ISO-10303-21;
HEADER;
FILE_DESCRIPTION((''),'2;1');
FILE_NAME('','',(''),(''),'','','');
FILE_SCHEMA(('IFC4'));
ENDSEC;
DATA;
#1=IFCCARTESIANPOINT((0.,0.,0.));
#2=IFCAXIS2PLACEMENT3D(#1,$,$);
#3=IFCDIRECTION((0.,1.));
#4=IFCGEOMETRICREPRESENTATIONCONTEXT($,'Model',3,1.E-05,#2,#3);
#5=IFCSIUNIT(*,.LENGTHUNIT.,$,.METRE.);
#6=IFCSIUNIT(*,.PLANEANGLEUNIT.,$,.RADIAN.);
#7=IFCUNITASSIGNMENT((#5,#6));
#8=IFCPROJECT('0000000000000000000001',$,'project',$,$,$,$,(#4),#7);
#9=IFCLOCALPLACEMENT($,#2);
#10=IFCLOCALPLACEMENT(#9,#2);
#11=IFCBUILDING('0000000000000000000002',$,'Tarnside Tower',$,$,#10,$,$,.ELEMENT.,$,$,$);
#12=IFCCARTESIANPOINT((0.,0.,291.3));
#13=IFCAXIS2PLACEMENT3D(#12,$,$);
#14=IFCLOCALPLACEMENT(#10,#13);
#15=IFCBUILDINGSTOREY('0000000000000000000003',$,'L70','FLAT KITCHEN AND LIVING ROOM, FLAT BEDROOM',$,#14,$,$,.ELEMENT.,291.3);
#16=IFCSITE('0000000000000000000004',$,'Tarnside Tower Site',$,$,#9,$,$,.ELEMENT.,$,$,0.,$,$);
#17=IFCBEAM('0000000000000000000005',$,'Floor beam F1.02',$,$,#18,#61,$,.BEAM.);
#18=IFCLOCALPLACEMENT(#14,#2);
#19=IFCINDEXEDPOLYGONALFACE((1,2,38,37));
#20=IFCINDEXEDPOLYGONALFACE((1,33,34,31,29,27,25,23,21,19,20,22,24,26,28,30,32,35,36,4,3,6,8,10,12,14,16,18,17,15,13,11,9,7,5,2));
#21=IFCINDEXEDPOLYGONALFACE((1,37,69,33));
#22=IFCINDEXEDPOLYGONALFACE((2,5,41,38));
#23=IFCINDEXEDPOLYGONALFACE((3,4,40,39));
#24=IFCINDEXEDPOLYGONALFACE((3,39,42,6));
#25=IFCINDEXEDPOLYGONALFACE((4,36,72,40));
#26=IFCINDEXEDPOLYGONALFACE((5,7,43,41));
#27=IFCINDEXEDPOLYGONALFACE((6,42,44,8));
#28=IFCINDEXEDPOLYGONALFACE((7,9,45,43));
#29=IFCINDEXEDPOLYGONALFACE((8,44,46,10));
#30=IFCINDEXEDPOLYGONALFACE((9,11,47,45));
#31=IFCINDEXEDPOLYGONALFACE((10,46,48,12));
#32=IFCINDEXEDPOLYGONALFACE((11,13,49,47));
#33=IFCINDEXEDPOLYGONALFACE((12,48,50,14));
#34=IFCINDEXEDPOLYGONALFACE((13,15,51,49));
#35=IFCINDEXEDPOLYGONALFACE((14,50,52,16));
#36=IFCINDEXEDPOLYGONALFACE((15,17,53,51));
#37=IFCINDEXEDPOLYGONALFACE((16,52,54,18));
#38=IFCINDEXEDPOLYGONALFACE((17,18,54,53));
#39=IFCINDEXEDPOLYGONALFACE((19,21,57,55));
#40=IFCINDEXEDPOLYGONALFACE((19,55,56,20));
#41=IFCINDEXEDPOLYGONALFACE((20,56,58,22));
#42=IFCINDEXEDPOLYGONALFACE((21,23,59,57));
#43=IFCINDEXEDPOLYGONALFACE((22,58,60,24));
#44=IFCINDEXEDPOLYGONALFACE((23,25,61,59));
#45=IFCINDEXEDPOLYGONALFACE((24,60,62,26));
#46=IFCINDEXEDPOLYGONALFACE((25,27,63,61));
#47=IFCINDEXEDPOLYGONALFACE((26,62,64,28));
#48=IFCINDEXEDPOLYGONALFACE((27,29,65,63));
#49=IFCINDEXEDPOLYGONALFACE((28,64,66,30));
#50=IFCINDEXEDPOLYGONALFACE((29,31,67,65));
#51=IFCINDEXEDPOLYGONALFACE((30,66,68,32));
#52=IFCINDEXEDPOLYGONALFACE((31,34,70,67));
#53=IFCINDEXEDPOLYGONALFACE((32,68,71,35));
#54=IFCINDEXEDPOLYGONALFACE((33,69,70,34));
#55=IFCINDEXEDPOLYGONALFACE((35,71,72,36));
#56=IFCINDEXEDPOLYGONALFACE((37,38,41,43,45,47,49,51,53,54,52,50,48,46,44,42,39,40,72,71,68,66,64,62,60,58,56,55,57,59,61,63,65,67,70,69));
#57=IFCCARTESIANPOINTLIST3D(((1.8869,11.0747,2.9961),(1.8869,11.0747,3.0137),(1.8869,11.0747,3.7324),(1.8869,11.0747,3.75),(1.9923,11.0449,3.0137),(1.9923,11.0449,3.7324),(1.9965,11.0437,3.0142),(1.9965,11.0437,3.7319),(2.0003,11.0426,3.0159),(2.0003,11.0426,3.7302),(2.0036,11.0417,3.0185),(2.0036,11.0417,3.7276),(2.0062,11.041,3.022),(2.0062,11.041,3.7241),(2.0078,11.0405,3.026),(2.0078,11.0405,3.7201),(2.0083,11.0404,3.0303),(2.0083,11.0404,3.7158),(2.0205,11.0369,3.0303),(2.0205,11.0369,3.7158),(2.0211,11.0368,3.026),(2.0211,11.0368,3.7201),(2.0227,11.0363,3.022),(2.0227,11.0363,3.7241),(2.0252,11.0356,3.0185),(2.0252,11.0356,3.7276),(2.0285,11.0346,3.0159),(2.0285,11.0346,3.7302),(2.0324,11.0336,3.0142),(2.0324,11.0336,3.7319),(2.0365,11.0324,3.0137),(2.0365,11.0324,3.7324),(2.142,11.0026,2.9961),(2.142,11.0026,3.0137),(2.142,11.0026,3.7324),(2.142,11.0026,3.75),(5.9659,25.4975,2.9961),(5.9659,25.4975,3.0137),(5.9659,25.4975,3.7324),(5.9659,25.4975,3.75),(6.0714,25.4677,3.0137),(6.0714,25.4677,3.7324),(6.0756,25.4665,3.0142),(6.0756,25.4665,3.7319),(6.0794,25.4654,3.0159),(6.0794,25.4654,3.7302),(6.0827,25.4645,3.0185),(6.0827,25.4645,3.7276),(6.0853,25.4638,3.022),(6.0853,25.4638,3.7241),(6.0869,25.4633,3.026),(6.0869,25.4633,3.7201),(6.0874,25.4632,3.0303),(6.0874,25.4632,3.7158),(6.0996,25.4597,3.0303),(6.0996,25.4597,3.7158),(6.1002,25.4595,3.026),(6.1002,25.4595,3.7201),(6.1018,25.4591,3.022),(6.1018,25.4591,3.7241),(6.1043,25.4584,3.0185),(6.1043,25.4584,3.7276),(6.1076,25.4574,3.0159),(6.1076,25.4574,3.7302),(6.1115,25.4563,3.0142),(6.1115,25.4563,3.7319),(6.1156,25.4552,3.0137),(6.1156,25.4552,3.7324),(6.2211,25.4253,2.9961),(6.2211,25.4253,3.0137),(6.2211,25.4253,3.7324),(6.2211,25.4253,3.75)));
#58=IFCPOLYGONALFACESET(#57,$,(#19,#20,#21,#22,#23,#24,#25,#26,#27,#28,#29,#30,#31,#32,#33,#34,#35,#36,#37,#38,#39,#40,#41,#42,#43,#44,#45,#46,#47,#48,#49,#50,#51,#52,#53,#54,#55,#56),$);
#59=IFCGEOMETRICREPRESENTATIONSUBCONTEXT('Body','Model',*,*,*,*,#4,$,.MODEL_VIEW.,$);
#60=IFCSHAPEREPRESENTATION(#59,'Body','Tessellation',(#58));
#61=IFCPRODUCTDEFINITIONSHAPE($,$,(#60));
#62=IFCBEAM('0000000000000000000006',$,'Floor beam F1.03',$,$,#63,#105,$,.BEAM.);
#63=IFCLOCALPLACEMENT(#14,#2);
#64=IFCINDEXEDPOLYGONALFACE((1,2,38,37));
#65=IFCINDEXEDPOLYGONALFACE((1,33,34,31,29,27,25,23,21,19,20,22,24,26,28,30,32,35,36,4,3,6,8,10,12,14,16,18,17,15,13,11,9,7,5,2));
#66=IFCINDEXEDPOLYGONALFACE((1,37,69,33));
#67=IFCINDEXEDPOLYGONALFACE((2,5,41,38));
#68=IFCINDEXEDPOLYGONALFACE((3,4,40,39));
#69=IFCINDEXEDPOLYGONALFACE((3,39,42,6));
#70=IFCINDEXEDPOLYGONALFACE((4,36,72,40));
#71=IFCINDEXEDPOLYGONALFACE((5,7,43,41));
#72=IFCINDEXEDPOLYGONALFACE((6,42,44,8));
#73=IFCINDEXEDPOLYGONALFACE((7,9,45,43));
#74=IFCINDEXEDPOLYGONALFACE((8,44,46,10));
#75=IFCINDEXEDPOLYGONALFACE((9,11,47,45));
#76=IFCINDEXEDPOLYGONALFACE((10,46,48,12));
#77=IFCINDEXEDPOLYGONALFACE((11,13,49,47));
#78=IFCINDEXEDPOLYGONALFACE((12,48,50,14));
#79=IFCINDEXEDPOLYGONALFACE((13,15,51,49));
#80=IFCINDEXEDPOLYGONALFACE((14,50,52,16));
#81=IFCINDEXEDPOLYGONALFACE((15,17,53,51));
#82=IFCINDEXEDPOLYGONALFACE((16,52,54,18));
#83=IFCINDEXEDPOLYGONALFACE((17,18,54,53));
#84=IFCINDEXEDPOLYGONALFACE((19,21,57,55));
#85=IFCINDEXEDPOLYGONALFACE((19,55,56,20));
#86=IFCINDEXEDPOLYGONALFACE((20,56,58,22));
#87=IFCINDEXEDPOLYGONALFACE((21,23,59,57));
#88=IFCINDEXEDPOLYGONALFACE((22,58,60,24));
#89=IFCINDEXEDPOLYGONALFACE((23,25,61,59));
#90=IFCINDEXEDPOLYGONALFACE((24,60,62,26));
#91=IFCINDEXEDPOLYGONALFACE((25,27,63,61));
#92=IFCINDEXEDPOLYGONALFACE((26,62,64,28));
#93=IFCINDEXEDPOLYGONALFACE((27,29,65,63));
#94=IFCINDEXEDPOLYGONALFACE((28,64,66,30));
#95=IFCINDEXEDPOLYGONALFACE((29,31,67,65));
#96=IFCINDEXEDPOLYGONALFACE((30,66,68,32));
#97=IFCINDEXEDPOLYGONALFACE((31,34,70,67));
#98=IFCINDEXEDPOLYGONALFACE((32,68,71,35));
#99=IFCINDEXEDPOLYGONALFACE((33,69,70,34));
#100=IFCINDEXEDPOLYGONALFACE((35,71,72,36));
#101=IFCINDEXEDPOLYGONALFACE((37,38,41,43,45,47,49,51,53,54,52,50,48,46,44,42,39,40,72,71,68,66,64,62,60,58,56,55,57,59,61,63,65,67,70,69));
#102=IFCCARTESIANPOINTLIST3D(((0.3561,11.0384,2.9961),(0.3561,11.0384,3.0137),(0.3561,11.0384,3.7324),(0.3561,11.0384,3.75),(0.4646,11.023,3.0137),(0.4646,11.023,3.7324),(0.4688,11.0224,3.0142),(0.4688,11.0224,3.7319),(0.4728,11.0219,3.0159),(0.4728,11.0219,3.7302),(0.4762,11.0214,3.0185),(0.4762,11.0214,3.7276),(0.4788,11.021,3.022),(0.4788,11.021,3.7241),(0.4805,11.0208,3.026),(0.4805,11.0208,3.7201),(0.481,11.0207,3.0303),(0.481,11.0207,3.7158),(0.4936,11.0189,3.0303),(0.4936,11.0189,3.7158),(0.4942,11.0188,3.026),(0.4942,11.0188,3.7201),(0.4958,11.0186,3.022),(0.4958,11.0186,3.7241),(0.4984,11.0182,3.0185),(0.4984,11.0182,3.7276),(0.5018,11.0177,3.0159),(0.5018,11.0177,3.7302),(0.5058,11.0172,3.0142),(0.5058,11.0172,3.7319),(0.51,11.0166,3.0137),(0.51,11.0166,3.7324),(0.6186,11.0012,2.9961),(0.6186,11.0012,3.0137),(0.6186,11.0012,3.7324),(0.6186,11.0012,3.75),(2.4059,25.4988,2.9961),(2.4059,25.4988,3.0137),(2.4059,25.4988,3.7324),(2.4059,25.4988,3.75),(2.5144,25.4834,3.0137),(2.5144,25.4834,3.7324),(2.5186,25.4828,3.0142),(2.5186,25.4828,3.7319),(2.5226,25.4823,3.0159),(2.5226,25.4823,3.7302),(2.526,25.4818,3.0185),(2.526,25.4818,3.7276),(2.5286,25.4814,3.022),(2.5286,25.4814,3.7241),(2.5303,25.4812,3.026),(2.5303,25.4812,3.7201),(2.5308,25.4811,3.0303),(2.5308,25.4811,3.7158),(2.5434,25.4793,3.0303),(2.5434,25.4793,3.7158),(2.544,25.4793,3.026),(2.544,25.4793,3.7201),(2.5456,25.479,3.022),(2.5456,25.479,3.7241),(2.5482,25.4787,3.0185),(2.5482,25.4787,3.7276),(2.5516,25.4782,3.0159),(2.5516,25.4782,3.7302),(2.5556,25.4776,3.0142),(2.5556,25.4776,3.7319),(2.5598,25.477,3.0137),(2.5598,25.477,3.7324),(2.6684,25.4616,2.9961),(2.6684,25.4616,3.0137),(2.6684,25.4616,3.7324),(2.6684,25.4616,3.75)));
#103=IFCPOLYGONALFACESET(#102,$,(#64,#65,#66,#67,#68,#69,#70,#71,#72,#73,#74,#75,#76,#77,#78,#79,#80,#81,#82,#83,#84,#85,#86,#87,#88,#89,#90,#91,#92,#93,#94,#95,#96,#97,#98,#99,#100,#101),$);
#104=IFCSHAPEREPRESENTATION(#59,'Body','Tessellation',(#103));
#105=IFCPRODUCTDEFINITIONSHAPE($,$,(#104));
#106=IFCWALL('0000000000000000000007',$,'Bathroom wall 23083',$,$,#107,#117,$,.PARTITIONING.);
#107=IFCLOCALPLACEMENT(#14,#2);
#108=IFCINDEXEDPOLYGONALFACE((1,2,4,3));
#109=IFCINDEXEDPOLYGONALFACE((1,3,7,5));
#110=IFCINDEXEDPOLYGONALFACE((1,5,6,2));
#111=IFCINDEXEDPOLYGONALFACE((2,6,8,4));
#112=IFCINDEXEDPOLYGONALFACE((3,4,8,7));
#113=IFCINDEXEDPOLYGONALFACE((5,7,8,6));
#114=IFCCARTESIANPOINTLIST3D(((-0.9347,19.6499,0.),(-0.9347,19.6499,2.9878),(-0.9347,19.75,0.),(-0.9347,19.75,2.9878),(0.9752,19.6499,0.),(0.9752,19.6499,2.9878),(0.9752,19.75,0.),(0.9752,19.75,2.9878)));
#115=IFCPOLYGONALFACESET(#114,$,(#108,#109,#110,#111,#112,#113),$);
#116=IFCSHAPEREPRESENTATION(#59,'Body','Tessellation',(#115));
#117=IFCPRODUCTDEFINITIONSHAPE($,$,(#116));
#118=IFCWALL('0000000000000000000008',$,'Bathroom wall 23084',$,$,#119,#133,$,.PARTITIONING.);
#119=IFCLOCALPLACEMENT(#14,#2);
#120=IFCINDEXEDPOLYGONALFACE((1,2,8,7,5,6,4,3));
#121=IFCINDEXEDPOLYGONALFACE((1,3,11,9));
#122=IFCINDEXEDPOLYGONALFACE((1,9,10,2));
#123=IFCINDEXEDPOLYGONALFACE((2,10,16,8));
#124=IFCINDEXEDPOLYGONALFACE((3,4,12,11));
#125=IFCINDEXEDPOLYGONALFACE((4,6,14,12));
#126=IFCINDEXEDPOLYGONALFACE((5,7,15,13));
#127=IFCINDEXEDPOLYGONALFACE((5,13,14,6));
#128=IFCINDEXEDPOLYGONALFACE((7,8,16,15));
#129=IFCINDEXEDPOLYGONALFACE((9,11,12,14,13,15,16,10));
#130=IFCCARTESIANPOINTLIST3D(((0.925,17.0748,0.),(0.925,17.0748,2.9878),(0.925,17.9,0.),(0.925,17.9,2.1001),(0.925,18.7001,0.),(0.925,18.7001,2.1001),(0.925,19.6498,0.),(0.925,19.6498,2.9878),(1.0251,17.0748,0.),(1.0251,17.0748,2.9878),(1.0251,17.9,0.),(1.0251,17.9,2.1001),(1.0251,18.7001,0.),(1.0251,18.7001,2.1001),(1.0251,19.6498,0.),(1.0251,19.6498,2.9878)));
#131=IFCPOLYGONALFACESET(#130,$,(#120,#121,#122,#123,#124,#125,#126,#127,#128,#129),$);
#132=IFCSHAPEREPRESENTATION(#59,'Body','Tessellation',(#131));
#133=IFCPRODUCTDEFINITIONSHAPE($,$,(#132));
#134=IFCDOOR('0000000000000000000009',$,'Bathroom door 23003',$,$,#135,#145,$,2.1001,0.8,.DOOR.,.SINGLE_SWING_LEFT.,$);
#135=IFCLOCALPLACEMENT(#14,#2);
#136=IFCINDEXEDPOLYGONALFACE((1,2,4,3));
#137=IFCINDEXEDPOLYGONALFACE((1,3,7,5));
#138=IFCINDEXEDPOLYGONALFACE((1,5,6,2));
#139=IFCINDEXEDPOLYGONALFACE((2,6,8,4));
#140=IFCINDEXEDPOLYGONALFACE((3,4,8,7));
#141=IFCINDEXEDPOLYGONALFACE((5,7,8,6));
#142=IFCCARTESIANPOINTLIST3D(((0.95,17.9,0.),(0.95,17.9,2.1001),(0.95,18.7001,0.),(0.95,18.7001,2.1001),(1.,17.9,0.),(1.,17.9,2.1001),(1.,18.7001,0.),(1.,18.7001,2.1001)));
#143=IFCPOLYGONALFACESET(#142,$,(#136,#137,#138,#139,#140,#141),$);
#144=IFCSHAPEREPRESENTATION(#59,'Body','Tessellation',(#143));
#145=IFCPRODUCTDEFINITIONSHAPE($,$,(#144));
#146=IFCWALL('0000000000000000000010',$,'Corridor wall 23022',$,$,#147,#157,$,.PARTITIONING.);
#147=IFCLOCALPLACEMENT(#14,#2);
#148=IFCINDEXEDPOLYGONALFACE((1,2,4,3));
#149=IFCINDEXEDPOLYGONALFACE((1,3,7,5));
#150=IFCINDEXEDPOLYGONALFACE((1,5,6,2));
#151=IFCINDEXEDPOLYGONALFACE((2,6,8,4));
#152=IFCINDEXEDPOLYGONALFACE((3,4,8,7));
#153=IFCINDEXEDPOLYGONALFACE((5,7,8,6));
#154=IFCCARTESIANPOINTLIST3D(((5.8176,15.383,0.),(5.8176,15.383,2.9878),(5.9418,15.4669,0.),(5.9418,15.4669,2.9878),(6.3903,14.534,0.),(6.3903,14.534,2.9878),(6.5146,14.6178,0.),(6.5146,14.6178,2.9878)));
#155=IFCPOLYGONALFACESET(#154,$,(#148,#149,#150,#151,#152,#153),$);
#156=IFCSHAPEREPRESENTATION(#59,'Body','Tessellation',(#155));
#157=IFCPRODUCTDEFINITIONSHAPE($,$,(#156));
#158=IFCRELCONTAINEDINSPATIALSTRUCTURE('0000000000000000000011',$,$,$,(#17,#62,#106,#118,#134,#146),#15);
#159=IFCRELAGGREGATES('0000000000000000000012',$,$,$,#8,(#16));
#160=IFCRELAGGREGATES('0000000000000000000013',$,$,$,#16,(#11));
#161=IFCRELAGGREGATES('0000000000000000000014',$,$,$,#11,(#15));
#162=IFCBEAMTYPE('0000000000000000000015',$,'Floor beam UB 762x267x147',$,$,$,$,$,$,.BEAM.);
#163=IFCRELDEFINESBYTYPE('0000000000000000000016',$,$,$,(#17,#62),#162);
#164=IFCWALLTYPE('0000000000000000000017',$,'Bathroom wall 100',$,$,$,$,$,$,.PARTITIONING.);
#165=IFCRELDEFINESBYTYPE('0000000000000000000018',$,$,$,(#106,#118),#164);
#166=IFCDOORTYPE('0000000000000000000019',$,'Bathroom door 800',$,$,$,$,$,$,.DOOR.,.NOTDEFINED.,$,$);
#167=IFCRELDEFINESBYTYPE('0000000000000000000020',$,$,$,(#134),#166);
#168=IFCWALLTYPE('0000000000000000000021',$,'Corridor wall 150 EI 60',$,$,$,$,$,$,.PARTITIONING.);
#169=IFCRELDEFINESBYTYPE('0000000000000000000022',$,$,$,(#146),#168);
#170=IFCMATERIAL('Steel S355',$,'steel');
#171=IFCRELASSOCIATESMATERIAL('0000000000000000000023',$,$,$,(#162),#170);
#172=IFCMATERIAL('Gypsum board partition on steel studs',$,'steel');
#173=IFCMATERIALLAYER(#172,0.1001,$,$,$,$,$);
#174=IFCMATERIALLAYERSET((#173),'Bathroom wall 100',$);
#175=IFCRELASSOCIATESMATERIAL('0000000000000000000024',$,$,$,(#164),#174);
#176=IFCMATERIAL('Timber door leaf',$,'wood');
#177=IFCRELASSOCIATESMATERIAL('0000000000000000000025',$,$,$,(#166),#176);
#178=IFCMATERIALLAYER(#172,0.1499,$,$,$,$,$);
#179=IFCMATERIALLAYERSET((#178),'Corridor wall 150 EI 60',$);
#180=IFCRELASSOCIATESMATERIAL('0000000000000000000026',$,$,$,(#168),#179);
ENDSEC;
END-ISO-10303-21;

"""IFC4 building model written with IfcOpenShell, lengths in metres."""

from ifc_helpers import new_model, si_unit, direction, frame, frame_2d, origin, origin_2d, place, context, subcontext, project, spatial, rectangle, i_section, extrude, material, layer, layer_set, material_profile, profile_set, type_object, element, fill, save


model = new_model("IFC4")

# Units and contexts
model_context = context("Model", 3, precision=1e-05, world=origin(), true_north=direction((0.0, 1.0)))
body_context = subcontext(model_context, "Body", "Model", "MODEL_VIEW")
ifc_project = project(units=[si_unit("LENGTHUNIT", "METRE"), si_unit("PLANEANGLEUNIT", "RADIAN")], contexts=[model_context])

# Site, building, storey
site_placement = place(None, origin())
site = spatial("IfcSite", under=ifc_project, at=site_placement, Name="Tarnside Tower Site", CompositionType="ELEMENT", RefElevation=0.0)
building_placement = place(site_placement, origin())
building = spatial("IfcBuilding", under=site, at=building_placement, Name="Tarnside Tower", CompositionType="ELEMENT")
storey_placement = place(building_placement, frame((0.0, 0.0, 291.3)))
storey = spatial("IfcBuildingStorey", under=building, at=storey_placement, Name="L70", Description="FLAT KITCHEN AND LIVING ROOM, FLAT BEDROOM", CompositionType="ELEMENT", Elevation=291.3)

# Beams
ifc_material_1 = material(Name="Steel S355", Category="steel")
ifc_material_profile = material_profile(ifc_material_1, i_section(OverallWidth=0.2651, OverallDepth=0.7539, WebThickness=0.0127, FlangeThickness=0.0176, FilletRadius=0.0166, at=origin_2d()), Name="UB 762x267x147")
ifc_profile_set = profile_set([ifc_material_profile], Name="Steel S355")
beam_type = type_object("IfcBeamType", Name="Floor beam UB 762x267x147", PredefinedType="BEAM", material=ifc_profile_set)
beam_1_placement = place(storey_placement, frame((6.0935, 25.4614, 3.373), z_axis=(-0.272147, -0.962256, 0.0), x_axis=(0.962256, -0.272147, 0.0)))
element("IfcBeam", 1, at=beam_1_placement, inside=storey, type_object=beam_type, Name="Floor beam F1.02", PredefinedType="BEAM", context=body_context, shape_type="SweptSolid", body=[
    extrude(i_section(OverallWidth=0.2651, OverallDepth=0.7539, WebThickness=0.0127, FlangeThickness=0.0176, FilletRadius=0.0166, at=origin_2d()), origin(), (0.0, 0.0, 1.0), 14.9885),
])
beam_2_placement = place(storey_placement, frame((2.5371, 25.4802, 3.373), z_axis=(-0.140349, -0.990102, 0.0), x_axis=(0.990102, -0.140349, 0.0)))
element("IfcBeam", 2, at=beam_2_placement, inside=storey, type_object=beam_type, Name="Floor beam F1.03", PredefinedType="BEAM", context=body_context, shape_type="SweptSolid", body=[
    extrude(i_section(OverallWidth=0.2651, OverallDepth=0.7539, WebThickness=0.0127, FlangeThickness=0.0176, FilletRadius=0.0166, at=origin_2d()), origin(), (0.0, 0.0, 1.0), 14.605),
])

# Wall
ifc_material_2 = material(Name="Gypsum board partition on steel studs", Category="steel")
ifc_layer_1 = layer(ifc_material_2, 0.1001)
ifc_layer_set_1 = layer_set([ifc_layer_1], Name="Bathroom wall 100")
wall_type_1 = type_object("IfcWallType", Name="Bathroom wall 100", PredefinedType="PARTITIONING", material=ifc_layer_set_1)
wall_1_placement = place(storey_placement, frame((-0.9348, 19.7, 0.0), z_axis=(0.0, 0.0, 1.0), x_axis=(1.0, 0.0, 0.0)))
element("IfcWall", 3, at=wall_1_placement, inside=storey, type_object=wall_type_1, Name="Bathroom wall 23083", PredefinedType="PARTITIONING", context=body_context, shape_type="SweptSolid", body=[
    extrude(rectangle(XDim=1.9099, YDim=0.1001, at=frame_2d((0.9551, 0.0))), origin(), (0.0, 0.0, 1.0), 2.9878),
])

# Wall, opening, door
wall_2_placement = place(storey_placement, frame((0.9751, 19.6499, 0.0), z_axis=(0.0, 0.0, 1.0), x_axis=(0.0, -1.0, 0.0)))
wall_2 = element("IfcWall", 4, at=wall_2_placement, inside=storey, type_object=wall_type_1, Name="Bathroom wall 23084", PredefinedType="PARTITIONING", context=body_context, shape_type="SweptSolid", body=[
    extrude(rectangle(XDim=2.575, YDim=0.1001, at=frame_2d((1.2876, 0.0))), origin(), (0.0, 0.0, 1.0), 2.9878),
])
opening_1_placement = place(wall_2_placement, frame((0.95, 0.0, 0.0)))
opening_1 = element("IfcOpeningElement", 5, at=opening_1_placement, cuts=wall_2, PredefinedType="OPENING", context=body_context, shape_type="SweptSolid", body=[
    extrude(rectangle(XDim=0.8, YDim=2.1001, at=frame_2d((0.3999, 1.05))), frame((0.0, 0.0601, 0.0), z_axis=(0.0, -1.0, 0.0), x_axis=(1.0, 0.0, 0.0)), (0.0, 0.0, 1.0), 0.1201),
])
ifc_material_3 = material(Name="Timber door leaf", Category="wood")
door_type_1 = type_object("IfcDoorType", Name="Bathroom door 800", OperationType="NOTDEFINED", PredefinedType="DOOR", material=ifc_material_3)
door_1_placement = place(opening_1_placement, origin())
door_1 = element("IfcDoor", 6, at=door_1_placement, inside=storey, type_object=door_type_1, Name="Bathroom door 23003", OperationType="SINGLE_SWING_LEFT", OverallHeight=2.1001, OverallWidth=0.8, PredefinedType="DOOR", context=body_context, shape_type="SweptSolid", body=[
    extrude(rectangle(XDim=0.8, YDim=2.1001, at=frame_2d((0.3999, 1.05))), frame((0.0, 0.0249, 0.0), z_axis=(0.0, -1.0, 0.0), x_axis=(1.0, 0.0, 0.0)), (0.0, 0.0, 1.0), 0.05),
])
fill(opening_1, door_1)

# Wall
ifc_layer_2 = layer(ifc_material_2, 0.1499)
ifc_layer_set_2 = layer_set([ifc_layer_2], Name="Corridor wall 150 EI 60")
wall_type_2 = type_object("IfcWallType", Name="Corridor wall 150 EI 60", PredefinedType="PARTITIONING", material=ifc_layer_set_2)
wall_3_placement = place(storey_placement, frame((5.8796, 15.425, 0.0), z_axis=(0.0, 0.0, 1.0), x_axis=(0.559203, -0.829031, 0.0)))
element("IfcWall", 7, at=wall_3_placement, inside=storey, type_object=wall_type_2, Name="Corridor wall 23022", PredefinedType="PARTITIONING", context=body_context, shape_type="SweptSolid", body=[
    extrude(rectangle(XDim=1.0242, YDim=0.1499, at=frame_2d((0.5122, 0.0))), origin(), (0.0, 0.0, 1.0), 2.9878),
])

save(model, "model.ifc")
